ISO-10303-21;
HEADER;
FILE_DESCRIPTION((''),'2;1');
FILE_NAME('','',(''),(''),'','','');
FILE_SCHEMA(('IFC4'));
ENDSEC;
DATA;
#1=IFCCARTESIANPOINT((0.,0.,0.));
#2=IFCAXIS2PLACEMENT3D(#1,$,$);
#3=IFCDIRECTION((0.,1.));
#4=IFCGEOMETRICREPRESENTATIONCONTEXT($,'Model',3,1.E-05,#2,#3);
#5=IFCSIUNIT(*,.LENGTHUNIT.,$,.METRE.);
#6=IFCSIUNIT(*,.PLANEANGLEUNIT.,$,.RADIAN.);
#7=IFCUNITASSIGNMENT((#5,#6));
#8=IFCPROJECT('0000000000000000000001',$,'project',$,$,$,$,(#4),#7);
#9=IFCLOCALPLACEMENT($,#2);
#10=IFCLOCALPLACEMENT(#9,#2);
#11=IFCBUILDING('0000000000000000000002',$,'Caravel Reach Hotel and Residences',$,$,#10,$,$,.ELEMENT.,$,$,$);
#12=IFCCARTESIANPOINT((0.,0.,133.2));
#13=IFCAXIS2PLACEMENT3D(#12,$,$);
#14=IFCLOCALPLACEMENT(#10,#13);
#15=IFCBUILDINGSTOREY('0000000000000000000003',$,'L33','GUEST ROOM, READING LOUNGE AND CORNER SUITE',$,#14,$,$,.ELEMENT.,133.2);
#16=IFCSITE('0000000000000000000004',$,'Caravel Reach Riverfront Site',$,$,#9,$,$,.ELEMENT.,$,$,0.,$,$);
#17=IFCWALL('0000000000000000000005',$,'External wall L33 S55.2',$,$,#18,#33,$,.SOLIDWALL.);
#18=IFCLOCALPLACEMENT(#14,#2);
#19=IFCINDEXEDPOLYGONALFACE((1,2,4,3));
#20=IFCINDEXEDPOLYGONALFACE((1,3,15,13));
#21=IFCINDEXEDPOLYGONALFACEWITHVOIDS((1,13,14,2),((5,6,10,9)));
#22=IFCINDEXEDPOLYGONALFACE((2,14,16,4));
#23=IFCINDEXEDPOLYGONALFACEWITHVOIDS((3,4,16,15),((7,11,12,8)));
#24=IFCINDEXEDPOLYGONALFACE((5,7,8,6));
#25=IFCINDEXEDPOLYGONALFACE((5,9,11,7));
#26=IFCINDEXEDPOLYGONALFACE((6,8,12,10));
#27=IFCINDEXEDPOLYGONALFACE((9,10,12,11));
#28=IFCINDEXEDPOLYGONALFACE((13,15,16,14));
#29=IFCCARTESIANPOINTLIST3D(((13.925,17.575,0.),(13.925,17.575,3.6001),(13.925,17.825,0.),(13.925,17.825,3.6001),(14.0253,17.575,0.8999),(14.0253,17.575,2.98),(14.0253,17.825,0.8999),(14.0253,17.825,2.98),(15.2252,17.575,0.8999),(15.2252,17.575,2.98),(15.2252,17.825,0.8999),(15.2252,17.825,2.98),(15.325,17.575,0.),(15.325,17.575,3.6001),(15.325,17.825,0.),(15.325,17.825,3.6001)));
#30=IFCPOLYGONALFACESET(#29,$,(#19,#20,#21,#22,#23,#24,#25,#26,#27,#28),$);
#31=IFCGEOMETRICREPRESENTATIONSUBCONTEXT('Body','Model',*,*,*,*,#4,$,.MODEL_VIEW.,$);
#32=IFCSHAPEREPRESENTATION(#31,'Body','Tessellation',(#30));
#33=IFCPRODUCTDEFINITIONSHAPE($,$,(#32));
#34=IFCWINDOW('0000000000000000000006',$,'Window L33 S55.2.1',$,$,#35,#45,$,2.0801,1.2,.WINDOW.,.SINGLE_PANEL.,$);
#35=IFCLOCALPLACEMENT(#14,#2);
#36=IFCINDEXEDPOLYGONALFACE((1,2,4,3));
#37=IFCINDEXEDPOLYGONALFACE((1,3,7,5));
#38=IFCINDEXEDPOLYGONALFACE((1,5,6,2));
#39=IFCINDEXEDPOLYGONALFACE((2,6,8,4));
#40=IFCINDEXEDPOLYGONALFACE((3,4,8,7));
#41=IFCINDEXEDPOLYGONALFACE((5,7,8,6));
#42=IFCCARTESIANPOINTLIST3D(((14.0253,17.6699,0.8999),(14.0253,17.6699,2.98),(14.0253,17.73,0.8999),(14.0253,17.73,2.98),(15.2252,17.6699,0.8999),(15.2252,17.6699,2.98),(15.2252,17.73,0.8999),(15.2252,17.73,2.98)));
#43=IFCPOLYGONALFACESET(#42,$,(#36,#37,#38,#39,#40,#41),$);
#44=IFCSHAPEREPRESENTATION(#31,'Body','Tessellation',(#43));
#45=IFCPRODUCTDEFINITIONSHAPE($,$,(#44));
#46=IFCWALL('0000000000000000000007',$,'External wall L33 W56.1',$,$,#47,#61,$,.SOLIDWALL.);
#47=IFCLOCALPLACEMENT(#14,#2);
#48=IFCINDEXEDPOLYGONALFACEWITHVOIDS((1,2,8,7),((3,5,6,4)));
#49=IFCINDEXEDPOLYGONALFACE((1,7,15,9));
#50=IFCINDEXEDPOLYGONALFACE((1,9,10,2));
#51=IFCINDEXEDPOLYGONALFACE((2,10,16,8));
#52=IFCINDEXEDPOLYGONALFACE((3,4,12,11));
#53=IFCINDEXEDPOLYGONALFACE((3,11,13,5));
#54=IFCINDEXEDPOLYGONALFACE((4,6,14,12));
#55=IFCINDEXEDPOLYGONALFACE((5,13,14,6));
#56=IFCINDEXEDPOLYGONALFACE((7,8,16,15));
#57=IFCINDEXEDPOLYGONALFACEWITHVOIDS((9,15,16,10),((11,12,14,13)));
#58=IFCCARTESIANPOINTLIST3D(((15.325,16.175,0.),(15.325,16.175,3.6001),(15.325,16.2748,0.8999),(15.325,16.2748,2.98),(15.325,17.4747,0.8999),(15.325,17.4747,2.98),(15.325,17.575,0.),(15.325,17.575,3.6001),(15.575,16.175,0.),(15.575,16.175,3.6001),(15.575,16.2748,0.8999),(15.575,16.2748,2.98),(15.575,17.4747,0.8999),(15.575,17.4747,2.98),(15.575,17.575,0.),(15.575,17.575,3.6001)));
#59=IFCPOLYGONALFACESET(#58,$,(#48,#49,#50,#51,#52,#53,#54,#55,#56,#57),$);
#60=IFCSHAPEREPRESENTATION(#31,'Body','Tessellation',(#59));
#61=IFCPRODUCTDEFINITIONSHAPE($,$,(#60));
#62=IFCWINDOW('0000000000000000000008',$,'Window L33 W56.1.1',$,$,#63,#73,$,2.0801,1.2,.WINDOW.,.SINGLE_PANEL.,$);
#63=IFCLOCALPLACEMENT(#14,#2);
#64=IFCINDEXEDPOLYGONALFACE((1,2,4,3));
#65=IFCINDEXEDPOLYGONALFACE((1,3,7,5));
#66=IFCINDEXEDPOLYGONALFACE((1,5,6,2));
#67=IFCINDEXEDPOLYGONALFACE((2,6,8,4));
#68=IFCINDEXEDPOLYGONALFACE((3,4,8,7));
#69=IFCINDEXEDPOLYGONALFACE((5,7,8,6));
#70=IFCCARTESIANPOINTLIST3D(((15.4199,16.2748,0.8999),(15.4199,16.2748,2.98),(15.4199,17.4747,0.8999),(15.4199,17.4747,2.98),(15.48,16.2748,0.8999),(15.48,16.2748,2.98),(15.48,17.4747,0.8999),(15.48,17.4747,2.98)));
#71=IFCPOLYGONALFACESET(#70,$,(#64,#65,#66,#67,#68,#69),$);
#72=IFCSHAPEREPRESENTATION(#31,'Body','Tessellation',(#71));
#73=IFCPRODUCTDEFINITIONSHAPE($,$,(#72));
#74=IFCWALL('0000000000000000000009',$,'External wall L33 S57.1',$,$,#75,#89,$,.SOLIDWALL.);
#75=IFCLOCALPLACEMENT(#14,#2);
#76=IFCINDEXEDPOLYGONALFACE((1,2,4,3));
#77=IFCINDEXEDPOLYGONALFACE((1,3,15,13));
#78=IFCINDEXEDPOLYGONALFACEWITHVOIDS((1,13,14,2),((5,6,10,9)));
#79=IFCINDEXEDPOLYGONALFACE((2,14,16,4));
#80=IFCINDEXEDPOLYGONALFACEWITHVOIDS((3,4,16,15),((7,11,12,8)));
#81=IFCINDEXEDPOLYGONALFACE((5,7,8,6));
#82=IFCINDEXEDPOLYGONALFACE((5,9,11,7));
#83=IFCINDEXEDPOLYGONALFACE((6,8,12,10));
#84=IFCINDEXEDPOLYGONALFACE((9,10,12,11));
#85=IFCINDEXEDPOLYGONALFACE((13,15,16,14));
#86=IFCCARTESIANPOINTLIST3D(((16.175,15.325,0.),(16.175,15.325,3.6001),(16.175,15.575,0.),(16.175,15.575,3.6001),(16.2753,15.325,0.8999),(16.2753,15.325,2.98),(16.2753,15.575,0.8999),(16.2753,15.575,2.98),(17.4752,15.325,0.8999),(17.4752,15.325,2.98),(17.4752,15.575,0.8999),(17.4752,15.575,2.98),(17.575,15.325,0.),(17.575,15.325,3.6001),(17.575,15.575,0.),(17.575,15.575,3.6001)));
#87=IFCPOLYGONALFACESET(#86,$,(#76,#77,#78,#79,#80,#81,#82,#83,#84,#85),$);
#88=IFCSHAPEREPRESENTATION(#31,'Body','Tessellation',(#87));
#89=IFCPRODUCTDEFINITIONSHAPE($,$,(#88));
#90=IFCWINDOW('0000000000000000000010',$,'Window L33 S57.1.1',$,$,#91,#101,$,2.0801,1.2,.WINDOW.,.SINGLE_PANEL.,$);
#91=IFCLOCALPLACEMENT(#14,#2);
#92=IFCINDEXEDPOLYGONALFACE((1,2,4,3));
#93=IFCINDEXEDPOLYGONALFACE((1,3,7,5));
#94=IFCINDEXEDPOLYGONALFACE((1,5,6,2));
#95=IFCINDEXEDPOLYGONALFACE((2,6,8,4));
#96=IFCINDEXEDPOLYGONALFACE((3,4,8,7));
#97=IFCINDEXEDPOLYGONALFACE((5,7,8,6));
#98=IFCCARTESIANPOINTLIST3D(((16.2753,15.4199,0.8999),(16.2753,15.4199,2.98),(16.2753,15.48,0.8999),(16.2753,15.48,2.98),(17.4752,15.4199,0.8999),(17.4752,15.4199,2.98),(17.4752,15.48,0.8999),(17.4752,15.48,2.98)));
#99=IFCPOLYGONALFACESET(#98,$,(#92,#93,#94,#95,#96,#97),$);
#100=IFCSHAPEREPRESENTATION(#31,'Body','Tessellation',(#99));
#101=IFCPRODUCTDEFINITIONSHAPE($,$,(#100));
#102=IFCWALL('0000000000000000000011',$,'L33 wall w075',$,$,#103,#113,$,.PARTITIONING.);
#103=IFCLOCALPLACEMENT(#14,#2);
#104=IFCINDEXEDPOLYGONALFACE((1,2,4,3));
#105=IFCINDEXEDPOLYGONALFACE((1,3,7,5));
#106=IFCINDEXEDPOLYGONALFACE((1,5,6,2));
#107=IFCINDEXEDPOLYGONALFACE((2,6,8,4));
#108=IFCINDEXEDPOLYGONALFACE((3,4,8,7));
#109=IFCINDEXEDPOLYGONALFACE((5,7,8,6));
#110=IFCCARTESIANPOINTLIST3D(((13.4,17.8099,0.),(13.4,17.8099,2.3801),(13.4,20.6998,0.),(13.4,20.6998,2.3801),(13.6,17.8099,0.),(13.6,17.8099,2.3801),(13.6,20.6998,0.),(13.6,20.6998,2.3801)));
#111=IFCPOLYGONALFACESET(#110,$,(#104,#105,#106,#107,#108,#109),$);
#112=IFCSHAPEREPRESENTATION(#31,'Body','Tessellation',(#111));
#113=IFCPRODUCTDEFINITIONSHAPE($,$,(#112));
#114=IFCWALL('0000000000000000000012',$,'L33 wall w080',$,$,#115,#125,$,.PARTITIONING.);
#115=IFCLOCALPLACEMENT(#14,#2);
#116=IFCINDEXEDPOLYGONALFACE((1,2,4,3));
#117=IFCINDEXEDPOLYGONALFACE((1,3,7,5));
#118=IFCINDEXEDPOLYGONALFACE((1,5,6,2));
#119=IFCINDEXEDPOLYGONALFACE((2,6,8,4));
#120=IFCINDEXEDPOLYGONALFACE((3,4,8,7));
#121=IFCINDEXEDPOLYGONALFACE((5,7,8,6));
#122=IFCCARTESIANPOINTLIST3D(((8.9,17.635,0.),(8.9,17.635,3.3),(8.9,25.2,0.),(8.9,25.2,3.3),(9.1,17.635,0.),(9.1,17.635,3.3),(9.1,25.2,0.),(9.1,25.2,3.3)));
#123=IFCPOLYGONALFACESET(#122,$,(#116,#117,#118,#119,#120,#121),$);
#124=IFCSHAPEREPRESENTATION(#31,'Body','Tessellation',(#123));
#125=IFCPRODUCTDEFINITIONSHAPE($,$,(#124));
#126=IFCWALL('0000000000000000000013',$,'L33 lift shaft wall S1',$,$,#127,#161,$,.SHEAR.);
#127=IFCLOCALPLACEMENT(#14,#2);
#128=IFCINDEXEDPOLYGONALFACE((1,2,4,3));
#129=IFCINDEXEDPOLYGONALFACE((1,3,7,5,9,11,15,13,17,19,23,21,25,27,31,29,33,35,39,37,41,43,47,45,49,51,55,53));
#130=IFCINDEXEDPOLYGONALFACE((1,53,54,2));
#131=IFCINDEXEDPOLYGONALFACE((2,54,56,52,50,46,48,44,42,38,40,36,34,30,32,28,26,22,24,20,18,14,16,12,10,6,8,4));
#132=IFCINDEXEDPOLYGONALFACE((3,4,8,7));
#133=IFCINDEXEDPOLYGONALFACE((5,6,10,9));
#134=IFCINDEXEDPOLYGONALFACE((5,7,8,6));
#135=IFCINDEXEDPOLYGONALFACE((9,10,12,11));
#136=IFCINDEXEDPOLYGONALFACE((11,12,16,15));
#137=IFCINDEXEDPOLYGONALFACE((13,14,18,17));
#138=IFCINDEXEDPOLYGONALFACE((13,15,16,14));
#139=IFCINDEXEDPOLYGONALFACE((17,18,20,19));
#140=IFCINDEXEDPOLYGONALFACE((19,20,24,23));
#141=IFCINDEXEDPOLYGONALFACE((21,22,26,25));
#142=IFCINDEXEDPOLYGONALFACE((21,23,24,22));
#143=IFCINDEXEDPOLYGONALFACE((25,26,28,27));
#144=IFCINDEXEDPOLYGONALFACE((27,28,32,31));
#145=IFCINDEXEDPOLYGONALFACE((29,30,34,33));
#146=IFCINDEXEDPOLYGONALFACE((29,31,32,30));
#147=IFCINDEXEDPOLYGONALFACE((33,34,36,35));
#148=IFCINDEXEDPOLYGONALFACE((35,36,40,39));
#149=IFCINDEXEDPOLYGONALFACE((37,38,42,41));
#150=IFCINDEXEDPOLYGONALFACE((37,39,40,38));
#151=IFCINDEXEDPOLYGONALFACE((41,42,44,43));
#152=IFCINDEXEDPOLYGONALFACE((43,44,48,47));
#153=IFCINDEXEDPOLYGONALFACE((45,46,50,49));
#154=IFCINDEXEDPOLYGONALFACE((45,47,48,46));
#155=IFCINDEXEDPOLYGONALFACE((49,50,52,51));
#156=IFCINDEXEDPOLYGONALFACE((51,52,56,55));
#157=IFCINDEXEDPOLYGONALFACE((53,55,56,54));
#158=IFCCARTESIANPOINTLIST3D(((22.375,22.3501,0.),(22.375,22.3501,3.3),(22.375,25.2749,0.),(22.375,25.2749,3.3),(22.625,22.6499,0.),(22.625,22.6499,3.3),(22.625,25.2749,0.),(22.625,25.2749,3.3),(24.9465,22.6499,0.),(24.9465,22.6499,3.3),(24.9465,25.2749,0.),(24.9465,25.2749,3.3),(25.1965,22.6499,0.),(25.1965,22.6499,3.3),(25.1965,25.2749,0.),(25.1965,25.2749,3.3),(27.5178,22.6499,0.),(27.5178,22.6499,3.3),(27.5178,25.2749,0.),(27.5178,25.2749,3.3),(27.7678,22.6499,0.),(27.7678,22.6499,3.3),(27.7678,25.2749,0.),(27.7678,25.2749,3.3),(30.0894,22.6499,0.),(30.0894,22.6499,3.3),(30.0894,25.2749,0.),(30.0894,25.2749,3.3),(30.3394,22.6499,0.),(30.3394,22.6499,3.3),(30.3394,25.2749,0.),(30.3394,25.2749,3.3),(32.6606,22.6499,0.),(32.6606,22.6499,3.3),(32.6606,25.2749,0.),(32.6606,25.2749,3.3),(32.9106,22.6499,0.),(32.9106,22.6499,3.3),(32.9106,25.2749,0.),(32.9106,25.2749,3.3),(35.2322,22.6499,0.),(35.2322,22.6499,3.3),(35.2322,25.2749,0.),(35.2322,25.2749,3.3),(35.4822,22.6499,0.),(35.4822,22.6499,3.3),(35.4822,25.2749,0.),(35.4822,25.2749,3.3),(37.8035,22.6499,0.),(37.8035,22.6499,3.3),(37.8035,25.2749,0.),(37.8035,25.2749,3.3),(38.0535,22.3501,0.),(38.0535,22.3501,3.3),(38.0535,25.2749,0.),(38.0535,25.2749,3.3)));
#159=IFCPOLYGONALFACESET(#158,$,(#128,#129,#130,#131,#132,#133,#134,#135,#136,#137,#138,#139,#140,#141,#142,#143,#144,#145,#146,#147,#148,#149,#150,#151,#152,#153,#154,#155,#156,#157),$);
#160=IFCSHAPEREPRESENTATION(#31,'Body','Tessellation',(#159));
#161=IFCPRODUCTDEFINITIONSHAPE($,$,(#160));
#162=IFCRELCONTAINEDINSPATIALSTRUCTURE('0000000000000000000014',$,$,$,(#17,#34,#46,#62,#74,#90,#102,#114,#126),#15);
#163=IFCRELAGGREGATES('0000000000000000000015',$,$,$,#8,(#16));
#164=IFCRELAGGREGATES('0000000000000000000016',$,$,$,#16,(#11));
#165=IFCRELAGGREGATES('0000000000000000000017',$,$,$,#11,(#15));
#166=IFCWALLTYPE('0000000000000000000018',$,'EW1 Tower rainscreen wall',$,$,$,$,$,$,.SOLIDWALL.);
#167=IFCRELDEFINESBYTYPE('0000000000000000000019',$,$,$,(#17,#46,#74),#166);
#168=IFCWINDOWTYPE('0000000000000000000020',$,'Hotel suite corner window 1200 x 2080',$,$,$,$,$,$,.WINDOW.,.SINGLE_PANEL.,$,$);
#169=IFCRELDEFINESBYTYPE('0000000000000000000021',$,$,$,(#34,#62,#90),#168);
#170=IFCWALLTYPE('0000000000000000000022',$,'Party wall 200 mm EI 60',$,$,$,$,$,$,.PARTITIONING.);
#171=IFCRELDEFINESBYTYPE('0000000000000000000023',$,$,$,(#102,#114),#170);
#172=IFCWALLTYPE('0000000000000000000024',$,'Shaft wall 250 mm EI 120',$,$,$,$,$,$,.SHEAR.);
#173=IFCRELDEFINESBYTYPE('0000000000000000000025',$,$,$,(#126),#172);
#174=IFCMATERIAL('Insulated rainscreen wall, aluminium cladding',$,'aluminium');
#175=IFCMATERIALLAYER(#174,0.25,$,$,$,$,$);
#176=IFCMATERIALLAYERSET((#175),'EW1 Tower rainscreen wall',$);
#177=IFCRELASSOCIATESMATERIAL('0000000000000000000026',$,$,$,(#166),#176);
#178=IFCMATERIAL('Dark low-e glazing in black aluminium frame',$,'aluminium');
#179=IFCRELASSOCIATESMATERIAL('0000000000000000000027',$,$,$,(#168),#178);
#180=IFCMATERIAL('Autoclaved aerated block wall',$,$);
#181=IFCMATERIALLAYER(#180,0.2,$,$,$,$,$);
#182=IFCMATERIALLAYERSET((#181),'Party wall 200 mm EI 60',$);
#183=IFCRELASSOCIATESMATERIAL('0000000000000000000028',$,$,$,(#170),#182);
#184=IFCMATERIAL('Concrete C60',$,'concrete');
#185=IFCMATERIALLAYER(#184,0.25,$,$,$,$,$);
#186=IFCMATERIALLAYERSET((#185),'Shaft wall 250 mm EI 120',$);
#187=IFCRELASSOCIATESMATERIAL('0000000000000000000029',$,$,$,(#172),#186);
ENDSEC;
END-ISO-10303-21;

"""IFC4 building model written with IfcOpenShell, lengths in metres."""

from ifc_helpers import new_model, si_unit, direction, frame, frame_2d, origin, place, context, subcontext, project, spatial, polyline, rectangle, outline, extrude, material, layer, layer_set, type_object, element, fill, save


model = new_model("IFC4")

# Units and contexts
model_context = context("Model", 3, precision=1e-05, world=origin(), true_north=direction((0.0, 1.0)))
body_context = subcontext(model_context, "Body", "Model", "MODEL_VIEW")
ifc_project = project(units=[si_unit("LENGTHUNIT", "METRE"), si_unit("PLANEANGLEUNIT", "RADIAN")], contexts=[model_context])

# Site, building, storey
site_placement = place(None, origin())
site = spatial("IfcSite", under=ifc_project, at=site_placement, Name="Caravel Reach Riverfront Site", CompositionType="ELEMENT", RefElevation=0.0)
building_placement = place(site_placement, origin())
building = spatial("IfcBuilding", under=site, at=building_placement, Name="Caravel Reach Hotel and Residences", CompositionType="ELEMENT")
storey_placement = place(building_placement, frame((0.0, 0.0, 133.2)))
storey = spatial("IfcBuildingStorey", under=building, at=storey_placement, Name="L33", Description="GUEST ROOM, READING LOUNGE AND CORNER SUITE", CompositionType="ELEMENT", Elevation=133.2)

# Shared definitions
ifc_material_1 = material(Name="Insulated rainscreen wall, aluminium cladding", Category="aluminium")
ifc_layer_1 = layer(ifc_material_1, 0.25)
ifc_layer_set_1 = layer_set([ifc_layer_1], Name="EW1 Tower rainscreen wall")
wall_type_1 = type_object("IfcWallType", Name="EW1 Tower rainscreen wall", PredefinedType="SOLIDWALL", material=ifc_layer_set_1)

# Walls, openings, windows
wall_1_placement = place(storey_placement, frame((13.925, 17.7, 0.0), z_axis=(0.0, 0.0, 1.0), x_axis=(1.0, 0.0, 0.0)))
wall_1 = element("IfcWall", 1, at=wall_1_placement, inside=storey, type_object=wall_type_1, Name="External wall L33 S55.2", PredefinedType="SOLIDWALL", context=body_context, shape_type="SweptSolid", body=[
    extrude(rectangle(XDim=1.3999, YDim=0.25, at=frame_2d((0.7, 0.0))), origin(), (0.0, 0.0, 1.0), 3.6001),
])
opening_1_placement = place(wall_1_placement, frame((0.1001, 0.0, 0.8999)))
opening_1 = element("IfcOpeningElement", 2, at=opening_1_placement, cuts=wall_1, PredefinedType="OPENING", context=body_context, shape_type="SweptSolid", body=[
    extrude(rectangle(XDim=1.2, YDim=2.0801, at=frame_2d((0.6001, 1.04))), frame((0.0, 0.135, 0.0), z_axis=(0.0, -1.0, 0.0), x_axis=(1.0, 0.0, 0.0)), (0.0, 0.0, 1.0), 0.27),
])
ifc_material_2 = material(Name="Dark low-e glazing in black aluminium frame", Category="aluminium")
window_type_1 = type_object("IfcWindowType", Name="Hotel suite corner window 1200 x 2080", PartitioningType="SINGLE_PANEL", PredefinedType="WINDOW", material=ifc_material_2)
window_1_placement = place(opening_1_placement, origin())
window_1 = element("IfcWindow", 3, at=window_1_placement, inside=storey, type_object=window_type_1, Name="Window L33 S55.2.1", OverallHeight=2.0801, OverallWidth=1.2, PartitioningType="SINGLE_PANEL", PredefinedType="WINDOW", context=body_context, shape_type="SweptSolid", body=[
    extrude(rectangle(XDim=1.2, YDim=2.0801, at=frame_2d((0.6001, 1.04))), frame((0.0, 0.03, 0.0), z_axis=(0.0, -1.0, 0.0), x_axis=(1.0, 0.0, 0.0)), (0.0, 0.0, 1.0), 0.0601),
])
fill(opening_1, window_1)
wall_2_placement = place(storey_placement, frame((15.45, 17.575, 0.0), z_axis=(0.0, 0.0, 1.0), x_axis=(0.0, -1.0, 0.0)))
wall_2 = element("IfcWall", 4, at=wall_2_placement, inside=storey, type_object=wall_type_1, Name="External wall L33 W56.1", PredefinedType="SOLIDWALL", context=body_context, shape_type="SweptSolid", body=[
    extrude(rectangle(XDim=1.3999, YDim=0.25, at=frame_2d((0.7, 0.0))), origin(), (0.0, 0.0, 1.0), 3.6001),
])
opening_2_placement = place(wall_2_placement, frame((0.1001, 0.0, 0.8999)))
opening_2 = element("IfcOpeningElement", 5, at=opening_2_placement, cuts=wall_2, PredefinedType="OPENING", context=body_context, shape_type="SweptSolid", body=[
    extrude(rectangle(XDim=1.2, YDim=2.0801, at=frame_2d((0.6001, 1.04))), frame((0.0, 0.135, 0.0), z_axis=(0.0, -1.0, 0.0), x_axis=(1.0, 0.0, 0.0)), (0.0, 0.0, 1.0), 0.27),
])
window_2_placement = place(opening_2_placement, origin())
window_2 = element("IfcWindow", 6, at=window_2_placement, inside=storey, type_object=window_type_1, Name="Window L33 W56.1.1", OverallHeight=2.0801, OverallWidth=1.2, PartitioningType="SINGLE_PANEL", PredefinedType="WINDOW", context=body_context, shape_type="SweptSolid", body=[
    extrude(rectangle(XDim=1.2, YDim=2.0801, at=frame_2d((0.6001, 1.04))), frame((0.0, 0.03, 0.0), z_axis=(0.0, -1.0, 0.0), x_axis=(1.0, 0.0, 0.0)), (0.0, 0.0, 1.0), 0.0601),
])
fill(opening_2, window_2)
wall_3_placement = place(storey_placement, frame((16.175, 15.45, 0.0), z_axis=(0.0, 0.0, 1.0), x_axis=(1.0, 0.0, 0.0)))
wall_3 = element("IfcWall", 7, at=wall_3_placement, inside=storey, type_object=wall_type_1, Name="External wall L33 S57.1", PredefinedType="SOLIDWALL", context=body_context, shape_type="SweptSolid", body=[
    extrude(rectangle(XDim=1.3999, YDim=0.25, at=frame_2d((0.7, 0.0))), origin(), (0.0, 0.0, 1.0), 3.6001),
])
opening_3_placement = place(wall_3_placement, frame((0.1001, 0.0, 0.8999)))
opening_3 = element("IfcOpeningElement", 8, at=opening_3_placement, cuts=wall_3, PredefinedType="OPENING", context=body_context, shape_type="SweptSolid", body=[
    extrude(rectangle(XDim=1.2, YDim=2.0801, at=frame_2d((0.6001, 1.04))), frame((0.0, 0.135, 0.0), z_axis=(0.0, -1.0, 0.0), x_axis=(1.0, 0.0, 0.0)), (0.0, 0.0, 1.0), 0.27),
])
window_3_placement = place(opening_3_placement, origin())
window_3 = element("IfcWindow", 9, at=window_3_placement, inside=storey, type_object=window_type_1, Name="Window L33 S57.1.1", OverallHeight=2.0801, OverallWidth=1.2, PartitioningType="SINGLE_PANEL", PredefinedType="WINDOW", context=body_context, shape_type="SweptSolid", body=[
    extrude(rectangle(XDim=1.2, YDim=2.0801, at=frame_2d((0.6001, 1.04))), frame((0.0, 0.03, 0.0), z_axis=(0.0, -1.0, 0.0), x_axis=(1.0, 0.0, 0.0)), (0.0, 0.0, 1.0), 0.0601),
])
fill(opening_3, window_3)

# Walls
ifc_material_3 = material(Name="Autoclaved aerated block wall")
ifc_layer_2 = layer(ifc_material_3, 0.2)
ifc_layer_set_2 = layer_set([ifc_layer_2], Name="Party wall 200 mm EI 60")
wall_type_2 = type_object("IfcWallType", Name="Party wall 200 mm EI 60", PredefinedType="PARTITIONING", material=ifc_layer_set_2)
wall_4_placement = place(storey_placement, frame((13.5, 17.8101, 0.0), z_axis=(0.0, 0.0, 1.0), x_axis=(0.0, 1.0, 0.0)))
element("IfcWall", 10, at=wall_4_placement, inside=storey, type_object=wall_type_2, Name="L33 wall w075", PredefinedType="PARTITIONING", context=body_context, shape_type="SweptSolid", body=[
    extrude(rectangle(XDim=2.8899, YDim=0.2, at=frame_2d((1.4448, 0.0))), origin(), (0.0, 0.0, 1.0), 2.3801),
])
wall_5_placement = place(storey_placement, frame((9.0, 17.635, 0.0), z_axis=(0.0, 0.0, 1.0), x_axis=(0.0, 1.0, 0.0)))
element("IfcWall", 11, at=wall_5_placement, inside=storey, type_object=wall_type_2, Name="L33 wall w080", PredefinedType="PARTITIONING", context=body_context, shape_type="SweptSolid", body=[
    extrude(rectangle(XDim=7.5649, YDim=0.2, at=frame_2d((3.7825, 0.0))), origin(), (0.0, 0.0, 1.0), 3.3),
])
ifc_material_4 = material(Name="Concrete C60", Category="concrete")
ifc_layer_3 = layer(ifc_material_4, 0.25)
ifc_layer_set_3 = layer_set([ifc_layer_3], Name="Shaft wall 250 mm EI 120")
wall_type_3 = type_object("IfcWallType", Name="Shaft wall 250 mm EI 120", PredefinedType="SHEAR", material=ifc_layer_set_3)
wall_6_placement = place(storey_placement, origin())
element("IfcWall", 12, at=wall_6_placement, inside=storey, type_object=wall_type_3, Name="L33 lift shaft wall S1", PredefinedType="SHEAR", context=body_context, shape_type="SweptSolid", body=[
    extrude(outline(polyline([(22.375, 22.3501), (38.0535, 22.3501), (38.0535, 25.2749), (37.8035, 25.2749), (37.8035, 22.6499), (35.4822, 22.6499), (35.4822, 25.2749), (35.2322, 25.2749), (35.2322, 22.6499), (32.9106, 22.6499), (32.9106, 25.2749), (32.6606, 25.2749), (32.6606, 22.6499), (30.3394, 22.6499), (30.3394, 25.2749), (30.0894, 25.2749), (30.0894, 22.6499), (27.7678, 22.6499), (27.7678, 25.2749), (27.5178, 25.2749), (27.5178, 22.6499), (25.1965, 22.6499), (25.1965, 25.2749), (24.9465, 25.2749), (24.9465, 22.6499), (22.625, 22.6499), (22.625, 25.2749), (22.375, 25.2749), (22.375, 22.3501)])), origin(), (0.0, 0.0, 1.0), 3.3),
])

save(model, "model.ifc")
